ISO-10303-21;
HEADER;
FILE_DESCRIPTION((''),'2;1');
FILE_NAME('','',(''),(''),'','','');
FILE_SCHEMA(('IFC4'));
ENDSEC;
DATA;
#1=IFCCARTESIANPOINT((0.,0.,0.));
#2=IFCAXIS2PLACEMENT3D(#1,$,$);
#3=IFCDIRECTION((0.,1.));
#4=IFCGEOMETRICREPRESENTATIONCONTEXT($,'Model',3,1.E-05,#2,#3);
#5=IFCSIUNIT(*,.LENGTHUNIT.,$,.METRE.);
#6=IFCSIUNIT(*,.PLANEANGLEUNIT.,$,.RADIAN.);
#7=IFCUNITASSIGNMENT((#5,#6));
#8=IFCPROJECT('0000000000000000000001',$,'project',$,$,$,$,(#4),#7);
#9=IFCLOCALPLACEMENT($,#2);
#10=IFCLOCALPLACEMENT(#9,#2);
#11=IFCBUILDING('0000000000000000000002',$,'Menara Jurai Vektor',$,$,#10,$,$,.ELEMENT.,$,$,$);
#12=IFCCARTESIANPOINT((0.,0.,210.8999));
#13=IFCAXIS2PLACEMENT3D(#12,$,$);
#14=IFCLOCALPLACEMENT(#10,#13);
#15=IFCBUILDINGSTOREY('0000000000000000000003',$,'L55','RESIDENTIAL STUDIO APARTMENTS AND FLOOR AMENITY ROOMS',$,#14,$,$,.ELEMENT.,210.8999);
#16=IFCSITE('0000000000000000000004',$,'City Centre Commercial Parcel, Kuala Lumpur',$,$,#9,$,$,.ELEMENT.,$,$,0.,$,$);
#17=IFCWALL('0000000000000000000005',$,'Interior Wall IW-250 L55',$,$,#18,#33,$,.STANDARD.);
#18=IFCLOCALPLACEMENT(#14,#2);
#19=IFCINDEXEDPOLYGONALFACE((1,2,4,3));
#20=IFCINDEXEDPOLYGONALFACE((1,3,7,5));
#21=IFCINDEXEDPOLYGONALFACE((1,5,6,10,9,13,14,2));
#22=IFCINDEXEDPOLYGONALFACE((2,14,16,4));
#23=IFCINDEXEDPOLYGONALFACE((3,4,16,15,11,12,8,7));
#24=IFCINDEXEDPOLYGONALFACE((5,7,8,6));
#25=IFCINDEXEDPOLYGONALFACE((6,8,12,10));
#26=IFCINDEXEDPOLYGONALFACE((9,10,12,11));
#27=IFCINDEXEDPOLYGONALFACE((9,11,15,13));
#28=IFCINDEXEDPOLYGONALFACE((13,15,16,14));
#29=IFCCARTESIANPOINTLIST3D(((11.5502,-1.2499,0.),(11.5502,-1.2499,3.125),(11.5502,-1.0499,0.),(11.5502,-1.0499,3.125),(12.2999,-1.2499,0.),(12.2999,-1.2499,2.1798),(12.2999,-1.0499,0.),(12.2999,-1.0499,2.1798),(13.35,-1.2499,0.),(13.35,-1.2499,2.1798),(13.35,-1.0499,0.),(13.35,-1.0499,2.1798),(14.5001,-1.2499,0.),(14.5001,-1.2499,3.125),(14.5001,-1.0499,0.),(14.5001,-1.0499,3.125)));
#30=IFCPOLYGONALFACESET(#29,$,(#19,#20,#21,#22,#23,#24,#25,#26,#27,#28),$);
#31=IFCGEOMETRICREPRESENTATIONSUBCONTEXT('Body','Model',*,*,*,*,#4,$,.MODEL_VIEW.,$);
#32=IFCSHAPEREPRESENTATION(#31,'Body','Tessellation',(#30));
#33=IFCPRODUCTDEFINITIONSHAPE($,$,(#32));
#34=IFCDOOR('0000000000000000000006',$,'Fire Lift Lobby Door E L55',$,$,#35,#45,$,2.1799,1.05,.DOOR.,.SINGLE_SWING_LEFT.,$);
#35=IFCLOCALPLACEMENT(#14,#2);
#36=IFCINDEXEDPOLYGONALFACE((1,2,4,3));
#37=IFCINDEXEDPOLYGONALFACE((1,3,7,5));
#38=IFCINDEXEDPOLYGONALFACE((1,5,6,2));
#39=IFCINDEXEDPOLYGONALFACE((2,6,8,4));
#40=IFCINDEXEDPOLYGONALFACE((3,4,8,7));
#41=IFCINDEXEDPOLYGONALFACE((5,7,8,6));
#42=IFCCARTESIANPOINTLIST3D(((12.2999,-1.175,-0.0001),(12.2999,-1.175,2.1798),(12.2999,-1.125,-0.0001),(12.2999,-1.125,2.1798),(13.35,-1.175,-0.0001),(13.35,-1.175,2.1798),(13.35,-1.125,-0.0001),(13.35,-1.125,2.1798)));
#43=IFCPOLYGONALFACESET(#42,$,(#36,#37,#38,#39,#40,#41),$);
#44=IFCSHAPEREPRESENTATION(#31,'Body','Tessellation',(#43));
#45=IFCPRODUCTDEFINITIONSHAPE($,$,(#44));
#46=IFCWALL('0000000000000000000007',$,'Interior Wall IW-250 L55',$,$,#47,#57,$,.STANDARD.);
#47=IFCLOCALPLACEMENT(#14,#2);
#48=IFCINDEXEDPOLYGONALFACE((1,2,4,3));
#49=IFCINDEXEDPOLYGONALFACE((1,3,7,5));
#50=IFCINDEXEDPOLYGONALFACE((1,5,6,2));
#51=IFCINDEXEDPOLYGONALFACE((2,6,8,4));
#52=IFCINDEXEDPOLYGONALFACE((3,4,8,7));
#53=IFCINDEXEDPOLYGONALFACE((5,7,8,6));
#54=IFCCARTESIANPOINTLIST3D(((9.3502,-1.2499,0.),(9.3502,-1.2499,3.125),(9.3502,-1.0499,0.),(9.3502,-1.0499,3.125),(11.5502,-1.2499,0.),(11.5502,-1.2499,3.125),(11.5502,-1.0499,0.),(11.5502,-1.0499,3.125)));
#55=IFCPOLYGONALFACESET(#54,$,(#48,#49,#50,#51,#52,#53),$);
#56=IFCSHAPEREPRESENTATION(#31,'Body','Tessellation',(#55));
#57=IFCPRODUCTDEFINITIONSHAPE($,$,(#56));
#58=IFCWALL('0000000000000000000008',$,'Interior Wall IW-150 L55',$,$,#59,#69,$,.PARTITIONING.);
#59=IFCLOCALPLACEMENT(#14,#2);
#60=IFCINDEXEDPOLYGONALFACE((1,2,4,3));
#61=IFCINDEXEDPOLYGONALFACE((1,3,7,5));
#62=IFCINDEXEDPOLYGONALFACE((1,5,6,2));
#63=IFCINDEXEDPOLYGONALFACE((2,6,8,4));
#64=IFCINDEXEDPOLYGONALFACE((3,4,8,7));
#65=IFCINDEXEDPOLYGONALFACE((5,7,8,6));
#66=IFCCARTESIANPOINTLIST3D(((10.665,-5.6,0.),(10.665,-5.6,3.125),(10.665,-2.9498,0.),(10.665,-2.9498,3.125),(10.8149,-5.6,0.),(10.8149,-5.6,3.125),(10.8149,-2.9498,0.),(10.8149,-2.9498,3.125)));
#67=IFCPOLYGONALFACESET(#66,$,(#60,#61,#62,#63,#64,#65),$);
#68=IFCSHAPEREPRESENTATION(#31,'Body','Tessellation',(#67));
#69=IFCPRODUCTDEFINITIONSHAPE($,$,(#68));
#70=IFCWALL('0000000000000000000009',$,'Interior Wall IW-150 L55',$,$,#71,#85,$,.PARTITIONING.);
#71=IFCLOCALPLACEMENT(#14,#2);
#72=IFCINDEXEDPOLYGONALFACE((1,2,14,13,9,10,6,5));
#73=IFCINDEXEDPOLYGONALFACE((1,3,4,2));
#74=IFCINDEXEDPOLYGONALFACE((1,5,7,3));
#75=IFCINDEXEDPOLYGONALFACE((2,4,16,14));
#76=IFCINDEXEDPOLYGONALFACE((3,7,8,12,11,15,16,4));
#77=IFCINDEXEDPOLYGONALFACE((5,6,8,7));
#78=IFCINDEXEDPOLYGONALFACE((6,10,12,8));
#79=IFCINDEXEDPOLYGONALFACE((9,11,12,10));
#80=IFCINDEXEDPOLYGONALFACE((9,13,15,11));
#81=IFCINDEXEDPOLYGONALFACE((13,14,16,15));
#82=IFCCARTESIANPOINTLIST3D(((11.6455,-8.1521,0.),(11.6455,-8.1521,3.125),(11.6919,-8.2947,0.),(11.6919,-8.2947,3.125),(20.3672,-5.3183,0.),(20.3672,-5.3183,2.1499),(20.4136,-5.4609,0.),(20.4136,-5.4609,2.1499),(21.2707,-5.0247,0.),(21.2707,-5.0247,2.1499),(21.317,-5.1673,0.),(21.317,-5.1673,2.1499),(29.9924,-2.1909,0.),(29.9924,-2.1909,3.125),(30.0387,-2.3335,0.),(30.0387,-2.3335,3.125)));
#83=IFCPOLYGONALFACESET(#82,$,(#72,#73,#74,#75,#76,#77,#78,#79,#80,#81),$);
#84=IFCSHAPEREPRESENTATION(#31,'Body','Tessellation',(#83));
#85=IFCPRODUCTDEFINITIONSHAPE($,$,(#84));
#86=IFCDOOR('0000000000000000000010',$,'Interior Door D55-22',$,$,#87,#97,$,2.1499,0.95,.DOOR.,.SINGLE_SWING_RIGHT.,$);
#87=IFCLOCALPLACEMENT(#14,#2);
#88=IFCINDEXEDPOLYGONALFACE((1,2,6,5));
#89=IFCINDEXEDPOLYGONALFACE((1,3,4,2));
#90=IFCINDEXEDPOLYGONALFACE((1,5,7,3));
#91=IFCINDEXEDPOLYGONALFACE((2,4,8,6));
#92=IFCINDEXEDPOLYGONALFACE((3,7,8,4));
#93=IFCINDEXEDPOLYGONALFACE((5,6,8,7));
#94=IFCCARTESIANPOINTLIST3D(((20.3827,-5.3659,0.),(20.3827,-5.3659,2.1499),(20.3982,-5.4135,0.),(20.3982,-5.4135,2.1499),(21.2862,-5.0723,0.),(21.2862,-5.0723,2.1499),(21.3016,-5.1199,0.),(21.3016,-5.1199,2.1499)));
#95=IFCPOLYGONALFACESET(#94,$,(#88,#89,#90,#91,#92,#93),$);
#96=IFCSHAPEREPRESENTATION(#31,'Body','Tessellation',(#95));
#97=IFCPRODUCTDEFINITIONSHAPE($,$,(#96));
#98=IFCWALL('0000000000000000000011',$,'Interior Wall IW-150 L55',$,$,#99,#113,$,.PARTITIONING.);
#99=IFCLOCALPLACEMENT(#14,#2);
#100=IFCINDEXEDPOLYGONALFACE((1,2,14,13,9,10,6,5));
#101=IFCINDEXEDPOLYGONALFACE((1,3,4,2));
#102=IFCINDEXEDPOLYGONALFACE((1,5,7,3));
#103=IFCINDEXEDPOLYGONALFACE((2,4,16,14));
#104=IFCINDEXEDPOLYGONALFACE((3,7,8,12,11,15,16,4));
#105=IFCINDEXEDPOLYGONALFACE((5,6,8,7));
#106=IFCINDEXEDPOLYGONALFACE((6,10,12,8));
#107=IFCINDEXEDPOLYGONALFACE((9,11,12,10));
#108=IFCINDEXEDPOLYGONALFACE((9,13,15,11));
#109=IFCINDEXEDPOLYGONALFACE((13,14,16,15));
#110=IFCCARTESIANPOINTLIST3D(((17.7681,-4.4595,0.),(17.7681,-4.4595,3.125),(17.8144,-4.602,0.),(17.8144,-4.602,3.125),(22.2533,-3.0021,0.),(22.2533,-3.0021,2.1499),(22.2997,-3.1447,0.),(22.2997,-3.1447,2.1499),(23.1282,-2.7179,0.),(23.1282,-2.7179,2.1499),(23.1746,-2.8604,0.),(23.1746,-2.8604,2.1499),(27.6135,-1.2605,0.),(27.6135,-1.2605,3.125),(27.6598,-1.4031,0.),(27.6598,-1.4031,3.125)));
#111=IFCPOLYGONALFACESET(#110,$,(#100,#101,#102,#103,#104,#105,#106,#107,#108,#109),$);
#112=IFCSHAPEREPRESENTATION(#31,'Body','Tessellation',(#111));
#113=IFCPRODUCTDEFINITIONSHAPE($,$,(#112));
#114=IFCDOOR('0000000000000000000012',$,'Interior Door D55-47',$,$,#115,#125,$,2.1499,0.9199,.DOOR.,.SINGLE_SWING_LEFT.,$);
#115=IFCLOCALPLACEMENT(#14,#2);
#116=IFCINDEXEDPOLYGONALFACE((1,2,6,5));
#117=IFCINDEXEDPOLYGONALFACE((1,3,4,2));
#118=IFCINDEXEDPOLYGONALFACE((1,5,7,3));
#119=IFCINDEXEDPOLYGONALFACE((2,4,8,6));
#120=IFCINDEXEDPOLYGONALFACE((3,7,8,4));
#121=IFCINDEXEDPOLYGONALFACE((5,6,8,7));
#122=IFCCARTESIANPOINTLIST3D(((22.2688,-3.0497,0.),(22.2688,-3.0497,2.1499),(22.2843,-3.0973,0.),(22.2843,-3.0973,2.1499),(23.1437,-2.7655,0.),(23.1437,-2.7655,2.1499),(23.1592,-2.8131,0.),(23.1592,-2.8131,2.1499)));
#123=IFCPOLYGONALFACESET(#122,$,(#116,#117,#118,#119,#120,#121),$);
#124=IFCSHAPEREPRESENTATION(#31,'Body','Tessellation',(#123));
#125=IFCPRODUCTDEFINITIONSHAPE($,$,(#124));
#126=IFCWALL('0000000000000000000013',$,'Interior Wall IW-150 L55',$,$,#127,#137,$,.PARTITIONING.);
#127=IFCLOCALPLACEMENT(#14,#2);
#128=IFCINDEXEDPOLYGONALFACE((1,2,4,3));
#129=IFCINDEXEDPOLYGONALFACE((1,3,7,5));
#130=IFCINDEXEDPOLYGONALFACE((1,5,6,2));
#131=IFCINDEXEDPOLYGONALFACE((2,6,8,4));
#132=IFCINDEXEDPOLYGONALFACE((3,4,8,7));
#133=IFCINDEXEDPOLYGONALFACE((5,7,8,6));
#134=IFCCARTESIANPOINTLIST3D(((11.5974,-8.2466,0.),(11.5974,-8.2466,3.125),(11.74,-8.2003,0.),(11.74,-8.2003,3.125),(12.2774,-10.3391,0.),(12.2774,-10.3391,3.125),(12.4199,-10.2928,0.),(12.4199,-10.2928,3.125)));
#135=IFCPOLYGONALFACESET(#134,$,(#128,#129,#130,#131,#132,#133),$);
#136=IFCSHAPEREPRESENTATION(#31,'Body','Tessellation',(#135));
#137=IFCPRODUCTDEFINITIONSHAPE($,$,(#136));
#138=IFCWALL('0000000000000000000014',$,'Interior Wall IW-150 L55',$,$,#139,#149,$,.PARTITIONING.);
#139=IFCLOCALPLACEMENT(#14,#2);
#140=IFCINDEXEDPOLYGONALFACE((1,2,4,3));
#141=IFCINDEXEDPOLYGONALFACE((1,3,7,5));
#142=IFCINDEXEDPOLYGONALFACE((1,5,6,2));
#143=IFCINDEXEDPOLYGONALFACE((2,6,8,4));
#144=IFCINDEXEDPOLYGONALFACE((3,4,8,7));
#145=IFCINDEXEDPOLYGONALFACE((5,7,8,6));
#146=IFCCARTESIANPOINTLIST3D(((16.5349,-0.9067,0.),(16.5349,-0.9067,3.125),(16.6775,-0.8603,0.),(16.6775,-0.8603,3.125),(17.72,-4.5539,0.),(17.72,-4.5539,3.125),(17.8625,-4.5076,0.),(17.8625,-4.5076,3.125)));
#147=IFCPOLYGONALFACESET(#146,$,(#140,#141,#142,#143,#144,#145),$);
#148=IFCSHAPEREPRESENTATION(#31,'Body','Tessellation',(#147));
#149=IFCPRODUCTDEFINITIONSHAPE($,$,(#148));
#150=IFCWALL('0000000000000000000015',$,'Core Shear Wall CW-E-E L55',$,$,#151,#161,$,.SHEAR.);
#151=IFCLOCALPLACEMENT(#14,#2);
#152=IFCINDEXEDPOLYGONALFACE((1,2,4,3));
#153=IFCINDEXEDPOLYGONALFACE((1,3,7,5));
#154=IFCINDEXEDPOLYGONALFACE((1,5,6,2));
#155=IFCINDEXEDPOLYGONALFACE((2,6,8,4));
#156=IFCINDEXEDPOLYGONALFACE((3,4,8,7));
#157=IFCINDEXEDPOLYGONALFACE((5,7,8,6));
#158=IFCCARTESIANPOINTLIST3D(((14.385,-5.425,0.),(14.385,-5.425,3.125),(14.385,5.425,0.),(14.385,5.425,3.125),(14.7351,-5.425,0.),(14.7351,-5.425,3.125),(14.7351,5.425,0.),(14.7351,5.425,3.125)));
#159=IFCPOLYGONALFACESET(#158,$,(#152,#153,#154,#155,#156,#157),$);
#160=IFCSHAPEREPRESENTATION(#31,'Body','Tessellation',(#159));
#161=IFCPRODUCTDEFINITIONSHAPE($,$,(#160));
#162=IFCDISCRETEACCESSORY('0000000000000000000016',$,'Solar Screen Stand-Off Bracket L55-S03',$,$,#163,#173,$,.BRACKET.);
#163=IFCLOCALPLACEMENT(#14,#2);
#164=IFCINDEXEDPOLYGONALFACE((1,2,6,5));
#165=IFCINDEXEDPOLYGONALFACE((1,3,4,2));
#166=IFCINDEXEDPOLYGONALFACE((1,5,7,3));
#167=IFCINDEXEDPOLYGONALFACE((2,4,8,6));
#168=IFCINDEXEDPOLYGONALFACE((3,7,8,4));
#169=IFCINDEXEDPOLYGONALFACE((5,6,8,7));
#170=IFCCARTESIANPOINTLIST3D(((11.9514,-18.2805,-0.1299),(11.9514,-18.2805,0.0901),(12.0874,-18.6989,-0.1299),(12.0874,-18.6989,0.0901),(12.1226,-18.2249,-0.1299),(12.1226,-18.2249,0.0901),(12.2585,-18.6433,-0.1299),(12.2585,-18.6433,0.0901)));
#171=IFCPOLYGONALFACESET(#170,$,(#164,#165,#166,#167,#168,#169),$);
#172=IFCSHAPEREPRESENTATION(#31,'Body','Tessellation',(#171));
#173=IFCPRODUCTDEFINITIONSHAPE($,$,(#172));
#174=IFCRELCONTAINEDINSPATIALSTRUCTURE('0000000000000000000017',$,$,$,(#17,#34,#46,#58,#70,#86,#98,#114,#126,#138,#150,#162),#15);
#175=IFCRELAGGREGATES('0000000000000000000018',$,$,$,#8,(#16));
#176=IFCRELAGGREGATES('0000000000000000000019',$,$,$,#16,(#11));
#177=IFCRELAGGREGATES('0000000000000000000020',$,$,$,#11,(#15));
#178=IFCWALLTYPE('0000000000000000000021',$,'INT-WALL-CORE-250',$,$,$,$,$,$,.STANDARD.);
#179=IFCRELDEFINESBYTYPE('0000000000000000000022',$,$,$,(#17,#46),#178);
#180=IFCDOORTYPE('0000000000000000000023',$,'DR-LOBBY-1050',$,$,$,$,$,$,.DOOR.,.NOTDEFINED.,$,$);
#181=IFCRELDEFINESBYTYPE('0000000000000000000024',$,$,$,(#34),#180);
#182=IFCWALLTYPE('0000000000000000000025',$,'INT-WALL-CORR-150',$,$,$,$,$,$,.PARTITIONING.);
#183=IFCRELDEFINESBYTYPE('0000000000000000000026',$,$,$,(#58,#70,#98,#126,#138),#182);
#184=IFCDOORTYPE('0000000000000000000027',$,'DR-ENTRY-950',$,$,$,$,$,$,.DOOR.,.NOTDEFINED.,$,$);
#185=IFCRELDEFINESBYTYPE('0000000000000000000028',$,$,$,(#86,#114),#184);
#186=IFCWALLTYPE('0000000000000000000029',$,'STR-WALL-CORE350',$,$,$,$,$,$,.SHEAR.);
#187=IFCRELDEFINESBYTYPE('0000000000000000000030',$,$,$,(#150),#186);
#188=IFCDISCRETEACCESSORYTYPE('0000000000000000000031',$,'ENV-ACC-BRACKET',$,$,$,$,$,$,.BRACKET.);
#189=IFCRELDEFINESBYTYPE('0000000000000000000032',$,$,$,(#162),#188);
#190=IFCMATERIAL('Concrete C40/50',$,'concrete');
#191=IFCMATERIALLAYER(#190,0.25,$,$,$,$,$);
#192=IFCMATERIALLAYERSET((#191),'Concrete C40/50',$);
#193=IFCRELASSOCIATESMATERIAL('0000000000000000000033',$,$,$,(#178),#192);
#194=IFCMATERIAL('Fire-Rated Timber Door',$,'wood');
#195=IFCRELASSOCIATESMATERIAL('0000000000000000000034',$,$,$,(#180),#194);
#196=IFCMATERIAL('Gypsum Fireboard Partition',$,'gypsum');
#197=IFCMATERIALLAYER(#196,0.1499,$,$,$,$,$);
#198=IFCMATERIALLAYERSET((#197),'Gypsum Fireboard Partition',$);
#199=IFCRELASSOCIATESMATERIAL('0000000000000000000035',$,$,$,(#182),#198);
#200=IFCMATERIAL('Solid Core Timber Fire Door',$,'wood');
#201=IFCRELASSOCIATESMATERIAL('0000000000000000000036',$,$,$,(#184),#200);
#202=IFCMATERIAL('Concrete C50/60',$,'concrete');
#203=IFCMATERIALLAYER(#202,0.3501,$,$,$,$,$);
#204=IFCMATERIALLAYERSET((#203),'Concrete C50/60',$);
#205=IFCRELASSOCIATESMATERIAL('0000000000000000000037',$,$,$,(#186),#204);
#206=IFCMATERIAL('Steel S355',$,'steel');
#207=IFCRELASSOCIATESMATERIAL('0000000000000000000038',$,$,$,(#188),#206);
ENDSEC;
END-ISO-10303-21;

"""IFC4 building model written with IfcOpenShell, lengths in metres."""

from ifc_helpers import new_model, si_unit, direction, frame, frame_2d, origin, origin_2d, place, context, subcontext, project, spatial, rectangle, extrude, material, layer, layer_set, type_object, element, fill, save


model = new_model("IFC4")

# Units and contexts
model_context = context("Model", 3, precision=1e-05, world=origin(), true_north=direction((0.0, 1.0)))
body_context = subcontext(model_context, "Body", "Model", "MODEL_VIEW")
ifc_project = project(units=[si_unit("LENGTHUNIT", "METRE"), si_unit("PLANEANGLEUNIT", "RADIAN")], contexts=[model_context])

# Site, building, storey
site_placement = place(None, origin())
site = spatial("IfcSite", under=ifc_project, at=site_placement, Name="City Centre Commercial Parcel, Kuala Lumpur", CompositionType="ELEMENT", RefElevation=0.0)
building_placement = place(site_placement, origin())
building = spatial("IfcBuilding", under=site, at=building_placement, Name="Menara Jurai Vektor", CompositionType="ELEMENT")
storey_placement = place(building_placement, frame((0.0, 0.0, 210.8999)))
storey = spatial("IfcBuildingStorey", under=building, at=storey_placement, Name="L55", Description="RESIDENTIAL STUDIO APARTMENTS AND FLOOR AMENITY ROOMS", CompositionType="ELEMENT", Elevation=210.8999)

# Shared definitions
ifc_material_1 = material(Name="Concrete C50/60", Category="concrete")

# Shared definitions
ifc_material_2 = material(Name="Steel S355", Category="steel")

# Wall, opening, door
ifc_material_3 = material(Name="Concrete C40/50", Category="concrete")
ifc_layer_1 = layer(ifc_material_3, 0.25)
ifc_layer_set_1 = layer_set([ifc_layer_1], Name="Concrete C40/50")
wall_type_1 = type_object("IfcWallType", Name="INT-WALL-CORE-250", PredefinedType="STANDARD", material=ifc_layer_set_1)
wall_1_placement = place(storey_placement, frame((11.55, -1.1499, 0.0), z_axis=(0.0, 0.0, 1.0), x_axis=(1.0, 0.0, 0.0)))
wall_1 = element("IfcWall", 1, at=wall_1_placement, inside=storey, type_object=wall_type_1, Name="Interior Wall IW-250 L55", PredefinedType="STANDARD", context=body_context, shape_type="SweptSolid", body=[
    extrude(rectangle(XDim=2.95, YDim=0.2, at=frame_2d((1.4751, 0.0))), origin(), (0.0, 0.0, 1.0), 3.125),
])
opening_1_placement = place(wall_1_placement, frame((0.75, 0.0, 0.0)))
opening_1 = element("IfcOpeningElement", 2, at=opening_1_placement, cuts=wall_1, PredefinedType="OPENING", context=body_context, shape_type="SweptSolid", body=[
    extrude(rectangle(XDim=1.05, YDim=2.1799, at=frame_2d((0.5249, 1.0898))), frame((0.0, 0.1099, 0.0), z_axis=(0.0, -1.0, 0.0), x_axis=(1.0, 0.0, 0.0)), (0.0, 0.0, 1.0), 0.22),
])
ifc_material_4 = material(Name="Fire-Rated Timber Door", Category="wood")
door_type_1 = type_object("IfcDoorType", Name="DR-LOBBY-1050", OperationType="NOTDEFINED", PredefinedType="DOOR", material=ifc_material_4)
door_1_placement = place(opening_1_placement, origin())
door_1 = element("IfcDoor", 3, at=door_1_placement, inside=storey, type_object=door_type_1, Name="Fire Lift Lobby Door E L55", OperationType="SINGLE_SWING_LEFT", OverallHeight=2.1799, OverallWidth=1.05, PredefinedType="DOOR", context=body_context, shape_type="SweptSolid", body=[
    extrude(rectangle(XDim=1.05, YDim=2.1799, at=frame_2d((0.5249, 1.0898))), frame((0.0, 0.0249, 0.0), z_axis=(0.0, -1.0, 0.0), x_axis=(1.0, 0.0, 0.0)), (0.0, 0.0, 1.0), 0.05),
])
fill(opening_1, door_1)

# Walls
wall_2_placement = place(storey_placement, frame((9.3501, -1.1499, 0.0), z_axis=(0.0, 0.0, 1.0), x_axis=(1.0, 0.0, 0.0)))
element("IfcWall", 4, at=wall_2_placement, inside=storey, type_object=wall_type_1, Name="Interior Wall IW-250 L55", PredefinedType="STANDARD", context=body_context, shape_type="SweptSolid", body=[
    extrude(rectangle(XDim=2.2, YDim=0.2, at=frame_2d((1.1001, 0.0))), origin(), (0.0, 0.0, 1.0), 3.125),
])
ifc_material_5 = material(Name="Gypsum Fireboard Partition", Category="gypsum")
ifc_layer_2 = layer(ifc_material_5, 0.1499)
ifc_layer_set_2 = layer_set([ifc_layer_2], Name="Gypsum Fireboard Partition")
wall_type_2 = type_object("IfcWallType", Name="INT-WALL-CORR-150", PredefinedType="PARTITIONING", material=ifc_layer_set_2)
wall_3_placement = place(storey_placement, frame((10.74, -5.6001, 0.0), z_axis=(0.0, 0.0, 1.0), x_axis=(0.0, 1.0, 0.0)))
element("IfcWall", 5, at=wall_3_placement, inside=storey, type_object=wall_type_2, Name="Interior Wall IW-150 L55", PredefinedType="PARTITIONING", context=body_context, shape_type="SweptSolid", body=[
    extrude(rectangle(XDim=2.6501, YDim=0.1499, at=frame_2d((1.3252, 0.0))), origin(), (0.0, 0.0, 1.0), 3.125),
])

# Walls, openings, doors
wall_4_placement = place(storey_placement, frame((11.6687, -8.2234, 0.0), z_axis=(0.0, 0.0, 1.0), x_axis=(0.951058, 0.309013, 0.0)))
wall_4 = element("IfcWall", 6, at=wall_4_placement, inside=storey, type_object=wall_type_2, Name="Interior Wall IW-150 L55", PredefinedType="PARTITIONING", context=body_context, shape_type="SweptSolid", body=[
    extrude(rectangle(XDim=19.291, YDim=0.1499, at=frame_2d((9.6455, 0.0))), origin(), (0.0, 0.0, 1.0), 3.125),
])
opening_2_placement = place(wall_4_placement, frame((9.1704, 0.0, 0.0)))
opening_2 = element("IfcOpeningElement", 7, at=opening_2_placement, cuts=wall_4, PredefinedType="OPENING", context=body_context, shape_type="SweptSolid", body=[
    extrude(rectangle(XDim=0.95, YDim=2.1499, at=frame_2d((0.4751, 1.075))), frame((0.0, 0.085, 0.0), z_axis=(0.0, -1.0, 0.0), x_axis=(1.0, 0.0, 0.0)), (0.0, 0.0, 1.0), 0.1699),
])
ifc_material_6 = material(Name="Solid Core Timber Fire Door", Category="wood")
door_type_2 = type_object("IfcDoorType", Name="DR-ENTRY-950", OperationType="NOTDEFINED", PredefinedType="DOOR", material=ifc_material_6)
door_2_placement = place(opening_2_placement, origin())
door_2 = element("IfcDoor", 8, at=door_2_placement, inside=storey, type_object=door_type_2, Name="Interior Door D55-22", OperationType="SINGLE_SWING_RIGHT", OverallHeight=2.1499, OverallWidth=0.95, PredefinedType="DOOR", context=body_context, shape_type="SweptSolid", body=[
    extrude(rectangle(XDim=0.95, YDim=2.1499, at=frame_2d((0.4751, 1.075))), frame((0.0, 0.0249, 0.0), z_axis=(0.0, -1.0, 0.0), x_axis=(1.0, 0.0, 0.0)), (0.0, 0.0, 1.0), 0.05),
])
fill(opening_2, door_2)
wall_5_placement = place(storey_placement, frame((17.7913, -4.5308, 0.0), z_axis=(0.0, 0.0, 1.0), x_axis=(0.951057, 0.309016, 0.0)))
wall_5 = element("IfcWall", 9, at=wall_5_placement, inside=storey, type_object=wall_type_2, Name="Interior Wall IW-150 L55", PredefinedType="PARTITIONING", context=body_context, shape_type="SweptSolid", body=[
    extrude(rectangle(XDim=10.3521, YDim=0.1499, at=frame_2d((5.176, 0.0))), origin(), (0.0, 0.0, 1.0), 3.125),
])
opening_3_placement = place(wall_5_placement, frame((4.7161, 0.0, 0.0)))
opening_3 = element("IfcOpeningElement", 10, at=opening_3_placement, cuts=wall_5, PredefinedType="OPENING", context=body_context, shape_type="SweptSolid", body=[
    extrude(rectangle(XDim=0.9199, YDim=2.1499, at=frame_2d((0.46, 1.075))), frame((0.0, 0.085, 0.0), z_axis=(0.0, -1.0, 0.0), x_axis=(1.0, 0.0, 0.0)), (0.0, 0.0, 1.0), 0.1699),
])
door_3_placement = place(opening_3_placement, origin())
door_3 = element("IfcDoor", 11, at=door_3_placement, inside=storey, type_object=door_type_2, Name="Interior Door D55-47", OperationType="SINGLE_SWING_LEFT", OverallHeight=2.1499, OverallWidth=0.9199, PredefinedType="DOOR", context=body_context, shape_type="SweptSolid", body=[
    extrude(rectangle(XDim=0.9199, YDim=2.1499, at=frame_2d((0.46, 1.075))), frame((0.0, 0.0249, 0.0), z_axis=(0.0, -1.0, 0.0), x_axis=(1.0, 0.0, 0.0)), (0.0, 0.0, 1.0), 0.05),
])
fill(opening_3, door_3)

# Walls
wall_6_placement = place(storey_placement, frame((12.3486, -10.3159, 0.0), z_axis=(0.0, 0.0, 1.0), x_axis=(-0.309028, 0.951053, 0.0)))
element("IfcWall", 12, at=wall_6_placement, inside=storey, type_object=wall_type_2, Name="Interior Wall IW-150 L55", PredefinedType="PARTITIONING", context=body_context, shape_type="SweptSolid", body=[
    extrude(rectangle(XDim=2.2002, YDim=0.1499, at=frame_2d((1.1001, 0.0))), origin(), (0.0, 0.0, 1.0), 3.125),
])
wall_7_placement = place(storey_placement, frame((17.7913, -4.5308, 0.0), z_axis=(0.0, 0.0, 1.0), x_axis=(-0.309018, 0.951056, 0.0)))
element("IfcWall", 13, at=wall_7_placement, inside=storey, type_object=wall_type_2, Name="Interior Wall IW-150 L55", PredefinedType="PARTITIONING", context=body_context, shape_type="SweptSolid", body=[
    extrude(rectangle(XDim=3.835, YDim=0.1499, at=frame_2d((1.9175, 0.0))), origin(), (0.0, 0.0, 1.0), 3.125),
])
ifc_layer_3 = layer(ifc_material_1, 0.3501)
ifc_layer_set_3 = layer_set([ifc_layer_3], Name="Concrete C50/60")
wall_type_3 = type_object("IfcWallType", Name="STR-WALL-CORE350", PredefinedType="SHEAR", material=ifc_layer_set_3)
wall_8_placement = place(storey_placement, frame((14.5601, -5.425, 0.0), z_axis=(0.0, 0.0, 1.0), x_axis=(0.0, 1.0, 0.0)))
element("IfcWall", 14, at=wall_8_placement, inside=storey, type_object=wall_type_3, Name="Core Shear Wall CW-E-E L55", PredefinedType="SHEAR", context=body_context, shape_type="SweptSolid", body=[
    extrude(rectangle(XDim=10.8501, YDim=0.3501, at=frame_2d((5.425, 0.0))), origin(), (0.0, 0.0, 1.0), 3.125),
])

# Discrete accessory
discrete_accessory_type = type_object("IfcDiscreteAccessoryType", Name="ENV-ACC-BRACKET", PredefinedType="BRACKET", material=ifc_material_2)
discrete_accessory_placement = place(storey_placement, frame((12.105, -18.4619, -0.1299), z_axis=(0.0, 0.0, 1.0), x_axis=(0.951057, 0.309017, 0.0)))
element("IfcDiscreteAccessory", 15, at=discrete_accessory_placement, inside=storey, type_object=discrete_accessory_type, Name="Solar Screen Stand-Off Bracket L55-S03", PredefinedType="BRACKET", context=body_context, shape_type="SweptSolid", body=[
    extrude(rectangle(XDim=0.1799, YDim=0.4399, at=origin_2d()), origin(), (0.0, 0.0, 1.0), 0.22),
])

save(model, "model.ifc")
